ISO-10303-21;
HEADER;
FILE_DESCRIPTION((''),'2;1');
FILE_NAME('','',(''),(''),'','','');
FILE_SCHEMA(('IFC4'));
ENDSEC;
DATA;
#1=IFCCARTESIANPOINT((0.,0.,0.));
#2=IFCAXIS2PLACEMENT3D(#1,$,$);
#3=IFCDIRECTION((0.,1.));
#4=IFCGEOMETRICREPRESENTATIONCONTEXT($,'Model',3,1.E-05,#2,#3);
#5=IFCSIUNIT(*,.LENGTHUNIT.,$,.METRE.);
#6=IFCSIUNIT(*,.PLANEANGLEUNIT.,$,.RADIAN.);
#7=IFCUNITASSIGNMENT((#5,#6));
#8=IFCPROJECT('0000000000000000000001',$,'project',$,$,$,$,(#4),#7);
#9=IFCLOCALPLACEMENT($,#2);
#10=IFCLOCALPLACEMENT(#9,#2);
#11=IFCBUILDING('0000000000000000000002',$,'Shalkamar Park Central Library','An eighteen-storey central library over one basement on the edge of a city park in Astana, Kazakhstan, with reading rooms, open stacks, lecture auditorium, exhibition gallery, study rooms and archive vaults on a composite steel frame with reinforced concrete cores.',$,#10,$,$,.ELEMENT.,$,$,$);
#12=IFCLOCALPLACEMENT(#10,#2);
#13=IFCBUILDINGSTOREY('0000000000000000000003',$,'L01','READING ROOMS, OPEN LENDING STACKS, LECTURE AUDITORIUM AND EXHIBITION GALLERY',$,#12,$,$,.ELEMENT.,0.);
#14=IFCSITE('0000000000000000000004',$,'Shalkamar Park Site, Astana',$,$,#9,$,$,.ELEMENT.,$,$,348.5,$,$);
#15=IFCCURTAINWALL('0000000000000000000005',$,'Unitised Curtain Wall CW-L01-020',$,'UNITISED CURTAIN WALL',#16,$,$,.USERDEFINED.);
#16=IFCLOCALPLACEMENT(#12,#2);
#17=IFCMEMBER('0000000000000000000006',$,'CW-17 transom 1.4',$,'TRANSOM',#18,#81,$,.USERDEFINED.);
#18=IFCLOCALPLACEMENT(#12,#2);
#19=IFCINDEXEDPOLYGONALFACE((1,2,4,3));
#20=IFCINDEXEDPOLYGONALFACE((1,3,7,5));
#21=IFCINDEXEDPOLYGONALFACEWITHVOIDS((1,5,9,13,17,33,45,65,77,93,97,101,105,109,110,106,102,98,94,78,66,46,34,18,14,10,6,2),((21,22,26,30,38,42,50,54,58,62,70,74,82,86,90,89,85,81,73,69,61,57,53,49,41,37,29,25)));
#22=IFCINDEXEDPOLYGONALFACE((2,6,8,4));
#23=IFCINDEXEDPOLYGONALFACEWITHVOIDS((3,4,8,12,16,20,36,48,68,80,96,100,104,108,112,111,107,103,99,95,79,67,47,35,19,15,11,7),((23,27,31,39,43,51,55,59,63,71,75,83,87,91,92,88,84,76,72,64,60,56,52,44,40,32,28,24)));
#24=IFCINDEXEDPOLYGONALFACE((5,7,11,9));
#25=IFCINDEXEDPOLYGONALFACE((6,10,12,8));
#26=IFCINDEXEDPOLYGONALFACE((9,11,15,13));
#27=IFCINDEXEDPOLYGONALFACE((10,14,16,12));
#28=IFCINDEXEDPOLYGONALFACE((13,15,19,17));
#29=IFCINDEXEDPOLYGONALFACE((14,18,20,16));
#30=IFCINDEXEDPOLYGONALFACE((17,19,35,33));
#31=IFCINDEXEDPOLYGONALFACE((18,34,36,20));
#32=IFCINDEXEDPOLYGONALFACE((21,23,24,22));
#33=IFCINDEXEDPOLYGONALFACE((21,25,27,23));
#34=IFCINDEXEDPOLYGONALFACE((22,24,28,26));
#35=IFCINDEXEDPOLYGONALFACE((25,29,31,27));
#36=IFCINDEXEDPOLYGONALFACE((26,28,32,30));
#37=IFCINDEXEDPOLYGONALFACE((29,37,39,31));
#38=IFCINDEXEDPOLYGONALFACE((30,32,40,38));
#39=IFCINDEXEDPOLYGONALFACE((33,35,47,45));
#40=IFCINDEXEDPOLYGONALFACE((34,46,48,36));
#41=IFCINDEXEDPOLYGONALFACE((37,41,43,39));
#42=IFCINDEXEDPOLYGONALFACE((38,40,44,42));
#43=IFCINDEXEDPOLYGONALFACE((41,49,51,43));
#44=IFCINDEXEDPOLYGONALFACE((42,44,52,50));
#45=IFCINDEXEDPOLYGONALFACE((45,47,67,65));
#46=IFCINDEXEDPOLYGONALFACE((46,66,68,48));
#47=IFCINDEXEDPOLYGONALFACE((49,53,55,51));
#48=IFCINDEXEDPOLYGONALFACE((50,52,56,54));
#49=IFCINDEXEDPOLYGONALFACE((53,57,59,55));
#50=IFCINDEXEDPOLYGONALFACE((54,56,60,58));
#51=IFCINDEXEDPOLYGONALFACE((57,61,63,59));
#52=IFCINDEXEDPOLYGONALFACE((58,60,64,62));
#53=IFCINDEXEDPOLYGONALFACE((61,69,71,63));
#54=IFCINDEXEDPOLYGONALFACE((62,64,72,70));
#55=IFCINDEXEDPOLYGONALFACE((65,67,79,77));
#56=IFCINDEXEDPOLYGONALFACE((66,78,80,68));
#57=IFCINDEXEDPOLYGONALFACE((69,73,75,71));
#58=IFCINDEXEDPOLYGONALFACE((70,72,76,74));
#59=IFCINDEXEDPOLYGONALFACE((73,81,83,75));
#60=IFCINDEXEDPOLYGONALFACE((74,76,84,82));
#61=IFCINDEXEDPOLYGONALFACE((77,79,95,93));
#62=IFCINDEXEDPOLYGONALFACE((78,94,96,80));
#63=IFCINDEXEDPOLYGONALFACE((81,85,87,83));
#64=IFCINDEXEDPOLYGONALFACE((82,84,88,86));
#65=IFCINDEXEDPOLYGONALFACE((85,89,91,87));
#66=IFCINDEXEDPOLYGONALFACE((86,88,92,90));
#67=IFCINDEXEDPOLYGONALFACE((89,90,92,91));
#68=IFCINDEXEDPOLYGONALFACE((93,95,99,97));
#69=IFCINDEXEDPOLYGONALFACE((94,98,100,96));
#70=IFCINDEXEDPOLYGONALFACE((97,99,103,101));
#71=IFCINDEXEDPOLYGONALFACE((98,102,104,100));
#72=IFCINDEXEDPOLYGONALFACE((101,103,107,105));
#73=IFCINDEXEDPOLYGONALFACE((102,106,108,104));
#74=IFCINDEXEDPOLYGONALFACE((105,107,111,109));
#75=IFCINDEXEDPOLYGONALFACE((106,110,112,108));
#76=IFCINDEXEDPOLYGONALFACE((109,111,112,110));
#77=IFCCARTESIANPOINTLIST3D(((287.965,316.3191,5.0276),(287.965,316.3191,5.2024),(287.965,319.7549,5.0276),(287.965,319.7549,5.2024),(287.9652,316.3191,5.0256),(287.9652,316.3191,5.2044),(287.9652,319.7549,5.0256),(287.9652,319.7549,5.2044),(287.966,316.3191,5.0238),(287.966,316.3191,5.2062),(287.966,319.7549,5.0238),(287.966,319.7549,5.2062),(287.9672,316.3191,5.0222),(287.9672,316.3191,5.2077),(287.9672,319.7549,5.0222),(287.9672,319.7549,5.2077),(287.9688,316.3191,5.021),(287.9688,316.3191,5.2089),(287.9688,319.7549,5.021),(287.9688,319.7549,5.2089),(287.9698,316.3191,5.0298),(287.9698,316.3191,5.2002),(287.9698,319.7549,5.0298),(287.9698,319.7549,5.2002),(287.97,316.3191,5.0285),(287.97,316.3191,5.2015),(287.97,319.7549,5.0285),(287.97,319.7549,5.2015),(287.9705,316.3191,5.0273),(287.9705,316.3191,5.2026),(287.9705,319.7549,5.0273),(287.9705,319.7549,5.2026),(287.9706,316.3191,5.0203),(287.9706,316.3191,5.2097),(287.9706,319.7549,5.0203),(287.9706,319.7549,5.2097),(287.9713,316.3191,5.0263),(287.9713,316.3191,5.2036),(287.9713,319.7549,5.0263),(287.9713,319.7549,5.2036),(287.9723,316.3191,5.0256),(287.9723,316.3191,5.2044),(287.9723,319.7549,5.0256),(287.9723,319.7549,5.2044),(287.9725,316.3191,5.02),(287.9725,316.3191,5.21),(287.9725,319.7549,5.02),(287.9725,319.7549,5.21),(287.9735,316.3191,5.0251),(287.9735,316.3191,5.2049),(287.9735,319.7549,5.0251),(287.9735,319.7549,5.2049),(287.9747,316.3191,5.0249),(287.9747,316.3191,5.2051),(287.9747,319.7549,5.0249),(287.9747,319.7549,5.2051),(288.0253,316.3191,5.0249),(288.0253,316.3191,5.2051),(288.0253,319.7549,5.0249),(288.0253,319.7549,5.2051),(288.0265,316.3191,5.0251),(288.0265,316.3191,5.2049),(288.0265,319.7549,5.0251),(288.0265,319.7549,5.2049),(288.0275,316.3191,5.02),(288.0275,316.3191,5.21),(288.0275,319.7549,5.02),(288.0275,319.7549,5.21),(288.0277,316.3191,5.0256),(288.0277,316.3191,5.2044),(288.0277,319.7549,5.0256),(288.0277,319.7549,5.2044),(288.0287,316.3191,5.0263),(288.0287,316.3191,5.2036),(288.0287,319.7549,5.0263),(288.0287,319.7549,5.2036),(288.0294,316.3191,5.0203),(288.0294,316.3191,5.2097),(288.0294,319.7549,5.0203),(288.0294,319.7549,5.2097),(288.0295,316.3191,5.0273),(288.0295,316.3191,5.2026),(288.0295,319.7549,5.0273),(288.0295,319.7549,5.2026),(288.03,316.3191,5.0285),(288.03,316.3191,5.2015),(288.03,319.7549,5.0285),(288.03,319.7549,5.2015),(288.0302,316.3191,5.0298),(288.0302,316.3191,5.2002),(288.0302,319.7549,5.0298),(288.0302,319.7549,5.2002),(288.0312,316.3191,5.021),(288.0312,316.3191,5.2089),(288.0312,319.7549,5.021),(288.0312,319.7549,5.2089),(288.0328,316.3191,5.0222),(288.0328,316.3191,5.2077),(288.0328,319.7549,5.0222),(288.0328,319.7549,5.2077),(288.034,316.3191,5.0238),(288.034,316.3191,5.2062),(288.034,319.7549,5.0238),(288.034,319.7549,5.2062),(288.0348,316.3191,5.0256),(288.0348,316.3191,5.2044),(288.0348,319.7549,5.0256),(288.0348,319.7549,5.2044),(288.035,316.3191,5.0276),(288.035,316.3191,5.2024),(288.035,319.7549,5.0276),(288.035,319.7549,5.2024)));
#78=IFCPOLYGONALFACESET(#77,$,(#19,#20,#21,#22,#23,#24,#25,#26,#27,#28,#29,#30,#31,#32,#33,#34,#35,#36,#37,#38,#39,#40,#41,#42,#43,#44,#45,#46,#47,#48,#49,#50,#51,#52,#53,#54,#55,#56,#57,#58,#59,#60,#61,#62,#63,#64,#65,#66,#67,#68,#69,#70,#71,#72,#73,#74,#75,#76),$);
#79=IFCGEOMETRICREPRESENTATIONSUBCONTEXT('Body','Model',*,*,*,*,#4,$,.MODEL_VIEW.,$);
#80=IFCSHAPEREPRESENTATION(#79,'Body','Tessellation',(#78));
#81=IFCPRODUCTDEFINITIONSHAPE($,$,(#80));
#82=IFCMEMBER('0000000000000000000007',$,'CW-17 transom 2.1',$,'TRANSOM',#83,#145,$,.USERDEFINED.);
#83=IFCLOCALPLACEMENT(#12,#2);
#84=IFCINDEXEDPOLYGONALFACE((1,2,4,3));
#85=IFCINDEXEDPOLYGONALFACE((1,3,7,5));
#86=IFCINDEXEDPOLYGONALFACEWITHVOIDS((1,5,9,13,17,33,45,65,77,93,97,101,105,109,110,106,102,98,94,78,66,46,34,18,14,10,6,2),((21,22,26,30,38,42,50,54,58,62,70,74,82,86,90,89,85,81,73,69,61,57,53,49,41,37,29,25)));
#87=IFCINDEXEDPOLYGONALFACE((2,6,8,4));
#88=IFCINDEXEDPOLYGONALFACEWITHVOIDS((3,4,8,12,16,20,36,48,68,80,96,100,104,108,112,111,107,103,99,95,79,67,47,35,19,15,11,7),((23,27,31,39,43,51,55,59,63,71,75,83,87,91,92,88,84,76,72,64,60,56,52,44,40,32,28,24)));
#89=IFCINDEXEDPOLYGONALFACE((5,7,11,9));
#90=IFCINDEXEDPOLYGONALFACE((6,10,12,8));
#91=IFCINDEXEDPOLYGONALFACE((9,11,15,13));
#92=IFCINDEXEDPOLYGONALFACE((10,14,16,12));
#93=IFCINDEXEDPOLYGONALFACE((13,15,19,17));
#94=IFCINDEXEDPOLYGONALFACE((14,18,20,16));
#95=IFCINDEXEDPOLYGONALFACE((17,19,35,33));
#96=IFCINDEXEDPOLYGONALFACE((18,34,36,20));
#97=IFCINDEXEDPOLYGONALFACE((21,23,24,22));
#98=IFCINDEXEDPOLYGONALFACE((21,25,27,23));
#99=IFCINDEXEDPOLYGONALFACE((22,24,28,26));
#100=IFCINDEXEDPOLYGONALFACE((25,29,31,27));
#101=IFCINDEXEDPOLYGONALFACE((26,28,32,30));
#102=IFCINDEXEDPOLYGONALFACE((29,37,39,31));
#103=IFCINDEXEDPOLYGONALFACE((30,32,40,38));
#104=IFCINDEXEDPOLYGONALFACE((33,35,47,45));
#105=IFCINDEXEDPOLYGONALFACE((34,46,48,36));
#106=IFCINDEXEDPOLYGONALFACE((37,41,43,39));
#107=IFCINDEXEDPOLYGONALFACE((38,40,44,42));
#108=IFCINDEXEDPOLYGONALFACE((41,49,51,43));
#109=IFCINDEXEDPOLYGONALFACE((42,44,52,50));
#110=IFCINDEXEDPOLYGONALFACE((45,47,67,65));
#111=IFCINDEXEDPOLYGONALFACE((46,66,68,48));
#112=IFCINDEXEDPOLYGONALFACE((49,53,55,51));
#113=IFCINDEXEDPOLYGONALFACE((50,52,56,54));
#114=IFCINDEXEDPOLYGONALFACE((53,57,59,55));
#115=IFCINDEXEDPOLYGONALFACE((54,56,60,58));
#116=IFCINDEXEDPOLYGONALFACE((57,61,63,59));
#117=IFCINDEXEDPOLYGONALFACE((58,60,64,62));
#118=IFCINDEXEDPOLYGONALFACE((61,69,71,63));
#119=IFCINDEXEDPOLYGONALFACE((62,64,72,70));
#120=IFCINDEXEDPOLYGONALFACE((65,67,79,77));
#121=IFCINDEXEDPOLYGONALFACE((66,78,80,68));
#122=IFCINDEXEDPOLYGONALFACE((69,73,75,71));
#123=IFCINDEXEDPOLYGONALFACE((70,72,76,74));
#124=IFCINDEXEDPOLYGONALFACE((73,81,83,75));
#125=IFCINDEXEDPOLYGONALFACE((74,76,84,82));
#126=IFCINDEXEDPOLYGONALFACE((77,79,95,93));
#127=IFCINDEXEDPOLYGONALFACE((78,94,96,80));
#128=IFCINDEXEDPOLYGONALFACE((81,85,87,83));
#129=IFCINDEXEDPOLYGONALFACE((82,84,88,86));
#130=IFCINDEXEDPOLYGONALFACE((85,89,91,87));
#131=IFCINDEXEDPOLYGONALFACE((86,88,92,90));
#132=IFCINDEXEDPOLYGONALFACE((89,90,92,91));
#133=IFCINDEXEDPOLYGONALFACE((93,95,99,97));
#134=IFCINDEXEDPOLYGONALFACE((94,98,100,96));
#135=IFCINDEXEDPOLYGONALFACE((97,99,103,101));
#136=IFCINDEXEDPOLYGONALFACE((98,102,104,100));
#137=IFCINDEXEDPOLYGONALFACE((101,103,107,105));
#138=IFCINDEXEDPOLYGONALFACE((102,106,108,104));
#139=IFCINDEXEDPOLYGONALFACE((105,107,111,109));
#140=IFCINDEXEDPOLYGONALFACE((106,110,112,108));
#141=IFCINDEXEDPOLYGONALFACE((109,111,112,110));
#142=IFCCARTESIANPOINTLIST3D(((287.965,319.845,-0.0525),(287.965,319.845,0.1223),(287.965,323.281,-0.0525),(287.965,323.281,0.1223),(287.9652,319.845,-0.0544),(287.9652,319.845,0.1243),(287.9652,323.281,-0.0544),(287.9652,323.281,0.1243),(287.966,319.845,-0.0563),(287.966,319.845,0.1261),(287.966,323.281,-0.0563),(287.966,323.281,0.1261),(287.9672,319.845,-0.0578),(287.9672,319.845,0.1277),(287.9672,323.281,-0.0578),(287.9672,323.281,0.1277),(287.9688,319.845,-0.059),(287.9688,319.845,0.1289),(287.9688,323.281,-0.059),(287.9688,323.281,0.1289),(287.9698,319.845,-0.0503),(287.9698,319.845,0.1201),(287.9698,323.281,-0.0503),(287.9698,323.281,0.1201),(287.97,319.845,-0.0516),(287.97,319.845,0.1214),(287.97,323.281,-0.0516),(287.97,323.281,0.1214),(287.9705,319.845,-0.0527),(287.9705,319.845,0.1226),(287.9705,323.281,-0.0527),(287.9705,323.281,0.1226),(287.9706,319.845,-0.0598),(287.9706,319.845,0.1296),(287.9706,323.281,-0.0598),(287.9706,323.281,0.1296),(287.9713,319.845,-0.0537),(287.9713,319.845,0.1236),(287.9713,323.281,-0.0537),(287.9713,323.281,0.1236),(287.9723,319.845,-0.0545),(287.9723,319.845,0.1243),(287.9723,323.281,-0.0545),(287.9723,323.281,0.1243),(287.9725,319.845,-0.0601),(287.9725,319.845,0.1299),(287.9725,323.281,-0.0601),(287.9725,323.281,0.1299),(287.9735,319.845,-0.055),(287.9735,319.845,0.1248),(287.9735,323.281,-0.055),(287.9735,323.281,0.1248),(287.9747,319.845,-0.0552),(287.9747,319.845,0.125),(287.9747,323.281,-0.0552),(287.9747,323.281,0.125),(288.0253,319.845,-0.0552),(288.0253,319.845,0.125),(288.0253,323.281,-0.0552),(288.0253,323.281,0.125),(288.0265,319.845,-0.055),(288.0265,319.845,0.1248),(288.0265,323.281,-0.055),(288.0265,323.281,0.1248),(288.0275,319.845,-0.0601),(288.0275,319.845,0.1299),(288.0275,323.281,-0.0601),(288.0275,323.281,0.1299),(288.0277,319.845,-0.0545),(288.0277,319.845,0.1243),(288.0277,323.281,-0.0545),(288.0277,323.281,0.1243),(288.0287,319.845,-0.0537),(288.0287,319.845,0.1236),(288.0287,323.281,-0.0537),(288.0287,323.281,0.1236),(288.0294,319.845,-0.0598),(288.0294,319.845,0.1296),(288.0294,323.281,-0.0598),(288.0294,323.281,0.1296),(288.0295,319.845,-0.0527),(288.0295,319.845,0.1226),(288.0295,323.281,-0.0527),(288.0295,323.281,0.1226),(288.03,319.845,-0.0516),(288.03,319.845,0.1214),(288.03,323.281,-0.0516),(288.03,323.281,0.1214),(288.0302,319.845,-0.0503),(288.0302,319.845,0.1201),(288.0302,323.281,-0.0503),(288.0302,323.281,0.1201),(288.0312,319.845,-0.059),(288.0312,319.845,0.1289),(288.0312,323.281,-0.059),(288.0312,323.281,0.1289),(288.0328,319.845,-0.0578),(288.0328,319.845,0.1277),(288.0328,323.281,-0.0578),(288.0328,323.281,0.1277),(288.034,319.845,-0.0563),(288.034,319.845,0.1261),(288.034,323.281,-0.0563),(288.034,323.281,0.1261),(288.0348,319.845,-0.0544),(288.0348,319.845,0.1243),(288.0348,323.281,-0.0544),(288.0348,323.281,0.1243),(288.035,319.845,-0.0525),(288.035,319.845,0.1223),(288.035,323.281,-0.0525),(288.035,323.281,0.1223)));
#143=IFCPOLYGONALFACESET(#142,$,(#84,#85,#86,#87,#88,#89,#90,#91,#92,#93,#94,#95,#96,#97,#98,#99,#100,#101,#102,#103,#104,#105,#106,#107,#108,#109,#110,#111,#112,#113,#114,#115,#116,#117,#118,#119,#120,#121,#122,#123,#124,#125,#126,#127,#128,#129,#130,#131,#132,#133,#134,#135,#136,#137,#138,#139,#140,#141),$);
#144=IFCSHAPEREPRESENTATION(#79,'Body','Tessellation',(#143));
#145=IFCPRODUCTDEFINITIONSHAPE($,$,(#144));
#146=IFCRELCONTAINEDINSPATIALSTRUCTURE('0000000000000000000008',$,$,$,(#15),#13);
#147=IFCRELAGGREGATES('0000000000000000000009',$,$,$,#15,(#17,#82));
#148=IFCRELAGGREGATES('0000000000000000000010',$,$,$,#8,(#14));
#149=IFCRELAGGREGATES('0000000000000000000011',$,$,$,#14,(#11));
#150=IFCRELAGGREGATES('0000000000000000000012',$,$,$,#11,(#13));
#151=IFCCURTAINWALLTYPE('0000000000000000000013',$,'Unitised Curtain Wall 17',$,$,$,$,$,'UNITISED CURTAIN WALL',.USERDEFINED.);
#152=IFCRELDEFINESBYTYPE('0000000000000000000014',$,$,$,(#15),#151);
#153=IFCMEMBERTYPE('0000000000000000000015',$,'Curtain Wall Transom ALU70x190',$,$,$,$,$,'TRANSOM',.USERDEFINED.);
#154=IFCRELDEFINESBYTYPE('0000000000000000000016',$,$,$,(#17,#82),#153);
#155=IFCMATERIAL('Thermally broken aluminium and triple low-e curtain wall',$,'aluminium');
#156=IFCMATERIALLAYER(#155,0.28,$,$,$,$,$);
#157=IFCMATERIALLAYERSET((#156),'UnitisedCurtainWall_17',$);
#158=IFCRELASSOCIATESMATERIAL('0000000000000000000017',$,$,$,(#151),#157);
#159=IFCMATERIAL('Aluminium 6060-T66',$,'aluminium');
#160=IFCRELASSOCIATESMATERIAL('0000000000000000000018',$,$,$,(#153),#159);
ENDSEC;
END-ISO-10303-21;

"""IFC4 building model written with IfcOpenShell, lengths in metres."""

from ifc_helpers import new_model, si_unit, direction, frame, origin, origin_2d, place, context, subcontext, project, spatial, hollow_rectangle, extrude, material, layer, layer_set, material_profile, profile_set, type_object, element, aggregate, save


model = new_model("IFC4")

# Units and contexts
model_context = context("Model", 3, precision=1e-05, world=origin(), true_north=direction((0.0, 1.0)))
body_context = subcontext(model_context, "Body", "Model", "MODEL_VIEW")
ifc_project = project(units=[si_unit("LENGTHUNIT", "METRE"), si_unit("PLANEANGLEUNIT", "RADIAN")], contexts=[model_context])

# Site, building, storey
site_placement = place(None, origin())
site = spatial("IfcSite", under=ifc_project, at=site_placement, Name="Shalkamar Park Site, Astana", CompositionType="ELEMENT", RefElevation=348.5)
building_placement = place(site_placement, origin())
building = spatial("IfcBuilding", under=site, at=building_placement, Name="Shalkamar Park Central Library", Description="An eighteen-storey central library over one basement on the edge of a city park in Astana, Kazakhstan, with reading rooms, open stacks, lecture auditorium, exhibition gallery, study rooms and archive vaults on a composite steel frame with reinforced concrete cores.", CompositionType="ELEMENT")
storey_placement = place(building_placement, origin())
storey = spatial("IfcBuildingStorey", under=building, at=storey_placement, Name="L01", Description="READING ROOMS, OPEN LENDING STACKS, LECTURE AUDITORIUM AND EXHIBITION GALLERY", CompositionType="ELEMENT", Elevation=0.0)

# Curtain wall, members
ifc_material_1 = material(Name="Thermally broken aluminium and triple low-e curtain wall", Category="aluminium")
ifc_layer_1 = layer(ifc_material_1, 0.28)
ifc_layer_set_1 = layer_set([ifc_layer_1], Name="UnitisedCurtainWall_17")
curtain_wall_type = type_object("IfcCurtainWallType", Name="Unitised Curtain Wall 17", ElementType="UNITISED CURTAIN WALL", PredefinedType="USERDEFINED", material=ifc_layer_set_1)
curtain_wall_placement = place(storey_placement, origin())
curtain_wall = element("IfcCurtainWall", 1, at=curtain_wall_placement, inside=storey, type_object=curtain_wall_type, Name="Unitised Curtain Wall CW-L01-020", ObjectType="UNITISED CURTAIN WALL", PredefinedType="USERDEFINED")
ifc_material_2 = material(Name="Aluminium 6060-T66", Category="aluminium")
ifc_material_profile_1 = material_profile(ifc_material_2, hollow_rectangle(XDim=0.0701, YDim=0.1899, WallThickness=0.0049, InnerFilletRadius=0.0049, OuterFilletRadius=0.0076, at=origin_2d()), Name="ALU 70x190x5")
ifc_profile_set_1 = profile_set([ifc_material_profile_1], Name="Aluminium 6060-T66")
member_type_1 = type_object("IfcMemberType", Name="Curtain Wall Transom ALU70x190", ElementType="TRANSOM", PredefinedType="USERDEFINED", material=ifc_profile_set_1)
member_1_placement = place(storey_placement, frame((288.0, 316.3191, 5.115), z_axis=(0.0, 1.0, 0.0), x_axis=(-1.0, 0.0, 0.0)))
member_1 = element("IfcMember", 2, at=member_1_placement, type_object=member_type_1, Name="CW-17 transom 1.4", ObjectType="TRANSOM", PredefinedType="USERDEFINED", context=body_context, shape_type="SweptSolid", body=[
    extrude(hollow_rectangle(XDim=0.0701, YDim=0.1899, WallThickness=0.0049, InnerFilletRadius=0.0049, OuterFilletRadius=0.0076, at=origin_2d()), origin(), (0.0, 0.0, 1.0), 3.4358),
])
member_2_placement = place(storey_placement, frame((288.0, 319.845, 0.0349), z_axis=(0.0, 1.0, 0.0), x_axis=(-1.0, 0.0, 0.0)))
member_2 = element("IfcMember", 3, at=member_2_placement, type_object=member_type_1, Name="CW-17 transom 2.1", ObjectType="TRANSOM", PredefinedType="USERDEFINED", context=body_context, shape_type="SweptSolid", body=[
    extrude(hollow_rectangle(XDim=0.0701, YDim=0.1899, WallThickness=0.0049, InnerFilletRadius=0.0049, OuterFilletRadius=0.0076, at=origin_2d()), origin(), (0.0, 0.0, 1.0), 3.436),
])

aggregate(curtain_wall, [member_1, member_2])

save(model, "model.ifc")
